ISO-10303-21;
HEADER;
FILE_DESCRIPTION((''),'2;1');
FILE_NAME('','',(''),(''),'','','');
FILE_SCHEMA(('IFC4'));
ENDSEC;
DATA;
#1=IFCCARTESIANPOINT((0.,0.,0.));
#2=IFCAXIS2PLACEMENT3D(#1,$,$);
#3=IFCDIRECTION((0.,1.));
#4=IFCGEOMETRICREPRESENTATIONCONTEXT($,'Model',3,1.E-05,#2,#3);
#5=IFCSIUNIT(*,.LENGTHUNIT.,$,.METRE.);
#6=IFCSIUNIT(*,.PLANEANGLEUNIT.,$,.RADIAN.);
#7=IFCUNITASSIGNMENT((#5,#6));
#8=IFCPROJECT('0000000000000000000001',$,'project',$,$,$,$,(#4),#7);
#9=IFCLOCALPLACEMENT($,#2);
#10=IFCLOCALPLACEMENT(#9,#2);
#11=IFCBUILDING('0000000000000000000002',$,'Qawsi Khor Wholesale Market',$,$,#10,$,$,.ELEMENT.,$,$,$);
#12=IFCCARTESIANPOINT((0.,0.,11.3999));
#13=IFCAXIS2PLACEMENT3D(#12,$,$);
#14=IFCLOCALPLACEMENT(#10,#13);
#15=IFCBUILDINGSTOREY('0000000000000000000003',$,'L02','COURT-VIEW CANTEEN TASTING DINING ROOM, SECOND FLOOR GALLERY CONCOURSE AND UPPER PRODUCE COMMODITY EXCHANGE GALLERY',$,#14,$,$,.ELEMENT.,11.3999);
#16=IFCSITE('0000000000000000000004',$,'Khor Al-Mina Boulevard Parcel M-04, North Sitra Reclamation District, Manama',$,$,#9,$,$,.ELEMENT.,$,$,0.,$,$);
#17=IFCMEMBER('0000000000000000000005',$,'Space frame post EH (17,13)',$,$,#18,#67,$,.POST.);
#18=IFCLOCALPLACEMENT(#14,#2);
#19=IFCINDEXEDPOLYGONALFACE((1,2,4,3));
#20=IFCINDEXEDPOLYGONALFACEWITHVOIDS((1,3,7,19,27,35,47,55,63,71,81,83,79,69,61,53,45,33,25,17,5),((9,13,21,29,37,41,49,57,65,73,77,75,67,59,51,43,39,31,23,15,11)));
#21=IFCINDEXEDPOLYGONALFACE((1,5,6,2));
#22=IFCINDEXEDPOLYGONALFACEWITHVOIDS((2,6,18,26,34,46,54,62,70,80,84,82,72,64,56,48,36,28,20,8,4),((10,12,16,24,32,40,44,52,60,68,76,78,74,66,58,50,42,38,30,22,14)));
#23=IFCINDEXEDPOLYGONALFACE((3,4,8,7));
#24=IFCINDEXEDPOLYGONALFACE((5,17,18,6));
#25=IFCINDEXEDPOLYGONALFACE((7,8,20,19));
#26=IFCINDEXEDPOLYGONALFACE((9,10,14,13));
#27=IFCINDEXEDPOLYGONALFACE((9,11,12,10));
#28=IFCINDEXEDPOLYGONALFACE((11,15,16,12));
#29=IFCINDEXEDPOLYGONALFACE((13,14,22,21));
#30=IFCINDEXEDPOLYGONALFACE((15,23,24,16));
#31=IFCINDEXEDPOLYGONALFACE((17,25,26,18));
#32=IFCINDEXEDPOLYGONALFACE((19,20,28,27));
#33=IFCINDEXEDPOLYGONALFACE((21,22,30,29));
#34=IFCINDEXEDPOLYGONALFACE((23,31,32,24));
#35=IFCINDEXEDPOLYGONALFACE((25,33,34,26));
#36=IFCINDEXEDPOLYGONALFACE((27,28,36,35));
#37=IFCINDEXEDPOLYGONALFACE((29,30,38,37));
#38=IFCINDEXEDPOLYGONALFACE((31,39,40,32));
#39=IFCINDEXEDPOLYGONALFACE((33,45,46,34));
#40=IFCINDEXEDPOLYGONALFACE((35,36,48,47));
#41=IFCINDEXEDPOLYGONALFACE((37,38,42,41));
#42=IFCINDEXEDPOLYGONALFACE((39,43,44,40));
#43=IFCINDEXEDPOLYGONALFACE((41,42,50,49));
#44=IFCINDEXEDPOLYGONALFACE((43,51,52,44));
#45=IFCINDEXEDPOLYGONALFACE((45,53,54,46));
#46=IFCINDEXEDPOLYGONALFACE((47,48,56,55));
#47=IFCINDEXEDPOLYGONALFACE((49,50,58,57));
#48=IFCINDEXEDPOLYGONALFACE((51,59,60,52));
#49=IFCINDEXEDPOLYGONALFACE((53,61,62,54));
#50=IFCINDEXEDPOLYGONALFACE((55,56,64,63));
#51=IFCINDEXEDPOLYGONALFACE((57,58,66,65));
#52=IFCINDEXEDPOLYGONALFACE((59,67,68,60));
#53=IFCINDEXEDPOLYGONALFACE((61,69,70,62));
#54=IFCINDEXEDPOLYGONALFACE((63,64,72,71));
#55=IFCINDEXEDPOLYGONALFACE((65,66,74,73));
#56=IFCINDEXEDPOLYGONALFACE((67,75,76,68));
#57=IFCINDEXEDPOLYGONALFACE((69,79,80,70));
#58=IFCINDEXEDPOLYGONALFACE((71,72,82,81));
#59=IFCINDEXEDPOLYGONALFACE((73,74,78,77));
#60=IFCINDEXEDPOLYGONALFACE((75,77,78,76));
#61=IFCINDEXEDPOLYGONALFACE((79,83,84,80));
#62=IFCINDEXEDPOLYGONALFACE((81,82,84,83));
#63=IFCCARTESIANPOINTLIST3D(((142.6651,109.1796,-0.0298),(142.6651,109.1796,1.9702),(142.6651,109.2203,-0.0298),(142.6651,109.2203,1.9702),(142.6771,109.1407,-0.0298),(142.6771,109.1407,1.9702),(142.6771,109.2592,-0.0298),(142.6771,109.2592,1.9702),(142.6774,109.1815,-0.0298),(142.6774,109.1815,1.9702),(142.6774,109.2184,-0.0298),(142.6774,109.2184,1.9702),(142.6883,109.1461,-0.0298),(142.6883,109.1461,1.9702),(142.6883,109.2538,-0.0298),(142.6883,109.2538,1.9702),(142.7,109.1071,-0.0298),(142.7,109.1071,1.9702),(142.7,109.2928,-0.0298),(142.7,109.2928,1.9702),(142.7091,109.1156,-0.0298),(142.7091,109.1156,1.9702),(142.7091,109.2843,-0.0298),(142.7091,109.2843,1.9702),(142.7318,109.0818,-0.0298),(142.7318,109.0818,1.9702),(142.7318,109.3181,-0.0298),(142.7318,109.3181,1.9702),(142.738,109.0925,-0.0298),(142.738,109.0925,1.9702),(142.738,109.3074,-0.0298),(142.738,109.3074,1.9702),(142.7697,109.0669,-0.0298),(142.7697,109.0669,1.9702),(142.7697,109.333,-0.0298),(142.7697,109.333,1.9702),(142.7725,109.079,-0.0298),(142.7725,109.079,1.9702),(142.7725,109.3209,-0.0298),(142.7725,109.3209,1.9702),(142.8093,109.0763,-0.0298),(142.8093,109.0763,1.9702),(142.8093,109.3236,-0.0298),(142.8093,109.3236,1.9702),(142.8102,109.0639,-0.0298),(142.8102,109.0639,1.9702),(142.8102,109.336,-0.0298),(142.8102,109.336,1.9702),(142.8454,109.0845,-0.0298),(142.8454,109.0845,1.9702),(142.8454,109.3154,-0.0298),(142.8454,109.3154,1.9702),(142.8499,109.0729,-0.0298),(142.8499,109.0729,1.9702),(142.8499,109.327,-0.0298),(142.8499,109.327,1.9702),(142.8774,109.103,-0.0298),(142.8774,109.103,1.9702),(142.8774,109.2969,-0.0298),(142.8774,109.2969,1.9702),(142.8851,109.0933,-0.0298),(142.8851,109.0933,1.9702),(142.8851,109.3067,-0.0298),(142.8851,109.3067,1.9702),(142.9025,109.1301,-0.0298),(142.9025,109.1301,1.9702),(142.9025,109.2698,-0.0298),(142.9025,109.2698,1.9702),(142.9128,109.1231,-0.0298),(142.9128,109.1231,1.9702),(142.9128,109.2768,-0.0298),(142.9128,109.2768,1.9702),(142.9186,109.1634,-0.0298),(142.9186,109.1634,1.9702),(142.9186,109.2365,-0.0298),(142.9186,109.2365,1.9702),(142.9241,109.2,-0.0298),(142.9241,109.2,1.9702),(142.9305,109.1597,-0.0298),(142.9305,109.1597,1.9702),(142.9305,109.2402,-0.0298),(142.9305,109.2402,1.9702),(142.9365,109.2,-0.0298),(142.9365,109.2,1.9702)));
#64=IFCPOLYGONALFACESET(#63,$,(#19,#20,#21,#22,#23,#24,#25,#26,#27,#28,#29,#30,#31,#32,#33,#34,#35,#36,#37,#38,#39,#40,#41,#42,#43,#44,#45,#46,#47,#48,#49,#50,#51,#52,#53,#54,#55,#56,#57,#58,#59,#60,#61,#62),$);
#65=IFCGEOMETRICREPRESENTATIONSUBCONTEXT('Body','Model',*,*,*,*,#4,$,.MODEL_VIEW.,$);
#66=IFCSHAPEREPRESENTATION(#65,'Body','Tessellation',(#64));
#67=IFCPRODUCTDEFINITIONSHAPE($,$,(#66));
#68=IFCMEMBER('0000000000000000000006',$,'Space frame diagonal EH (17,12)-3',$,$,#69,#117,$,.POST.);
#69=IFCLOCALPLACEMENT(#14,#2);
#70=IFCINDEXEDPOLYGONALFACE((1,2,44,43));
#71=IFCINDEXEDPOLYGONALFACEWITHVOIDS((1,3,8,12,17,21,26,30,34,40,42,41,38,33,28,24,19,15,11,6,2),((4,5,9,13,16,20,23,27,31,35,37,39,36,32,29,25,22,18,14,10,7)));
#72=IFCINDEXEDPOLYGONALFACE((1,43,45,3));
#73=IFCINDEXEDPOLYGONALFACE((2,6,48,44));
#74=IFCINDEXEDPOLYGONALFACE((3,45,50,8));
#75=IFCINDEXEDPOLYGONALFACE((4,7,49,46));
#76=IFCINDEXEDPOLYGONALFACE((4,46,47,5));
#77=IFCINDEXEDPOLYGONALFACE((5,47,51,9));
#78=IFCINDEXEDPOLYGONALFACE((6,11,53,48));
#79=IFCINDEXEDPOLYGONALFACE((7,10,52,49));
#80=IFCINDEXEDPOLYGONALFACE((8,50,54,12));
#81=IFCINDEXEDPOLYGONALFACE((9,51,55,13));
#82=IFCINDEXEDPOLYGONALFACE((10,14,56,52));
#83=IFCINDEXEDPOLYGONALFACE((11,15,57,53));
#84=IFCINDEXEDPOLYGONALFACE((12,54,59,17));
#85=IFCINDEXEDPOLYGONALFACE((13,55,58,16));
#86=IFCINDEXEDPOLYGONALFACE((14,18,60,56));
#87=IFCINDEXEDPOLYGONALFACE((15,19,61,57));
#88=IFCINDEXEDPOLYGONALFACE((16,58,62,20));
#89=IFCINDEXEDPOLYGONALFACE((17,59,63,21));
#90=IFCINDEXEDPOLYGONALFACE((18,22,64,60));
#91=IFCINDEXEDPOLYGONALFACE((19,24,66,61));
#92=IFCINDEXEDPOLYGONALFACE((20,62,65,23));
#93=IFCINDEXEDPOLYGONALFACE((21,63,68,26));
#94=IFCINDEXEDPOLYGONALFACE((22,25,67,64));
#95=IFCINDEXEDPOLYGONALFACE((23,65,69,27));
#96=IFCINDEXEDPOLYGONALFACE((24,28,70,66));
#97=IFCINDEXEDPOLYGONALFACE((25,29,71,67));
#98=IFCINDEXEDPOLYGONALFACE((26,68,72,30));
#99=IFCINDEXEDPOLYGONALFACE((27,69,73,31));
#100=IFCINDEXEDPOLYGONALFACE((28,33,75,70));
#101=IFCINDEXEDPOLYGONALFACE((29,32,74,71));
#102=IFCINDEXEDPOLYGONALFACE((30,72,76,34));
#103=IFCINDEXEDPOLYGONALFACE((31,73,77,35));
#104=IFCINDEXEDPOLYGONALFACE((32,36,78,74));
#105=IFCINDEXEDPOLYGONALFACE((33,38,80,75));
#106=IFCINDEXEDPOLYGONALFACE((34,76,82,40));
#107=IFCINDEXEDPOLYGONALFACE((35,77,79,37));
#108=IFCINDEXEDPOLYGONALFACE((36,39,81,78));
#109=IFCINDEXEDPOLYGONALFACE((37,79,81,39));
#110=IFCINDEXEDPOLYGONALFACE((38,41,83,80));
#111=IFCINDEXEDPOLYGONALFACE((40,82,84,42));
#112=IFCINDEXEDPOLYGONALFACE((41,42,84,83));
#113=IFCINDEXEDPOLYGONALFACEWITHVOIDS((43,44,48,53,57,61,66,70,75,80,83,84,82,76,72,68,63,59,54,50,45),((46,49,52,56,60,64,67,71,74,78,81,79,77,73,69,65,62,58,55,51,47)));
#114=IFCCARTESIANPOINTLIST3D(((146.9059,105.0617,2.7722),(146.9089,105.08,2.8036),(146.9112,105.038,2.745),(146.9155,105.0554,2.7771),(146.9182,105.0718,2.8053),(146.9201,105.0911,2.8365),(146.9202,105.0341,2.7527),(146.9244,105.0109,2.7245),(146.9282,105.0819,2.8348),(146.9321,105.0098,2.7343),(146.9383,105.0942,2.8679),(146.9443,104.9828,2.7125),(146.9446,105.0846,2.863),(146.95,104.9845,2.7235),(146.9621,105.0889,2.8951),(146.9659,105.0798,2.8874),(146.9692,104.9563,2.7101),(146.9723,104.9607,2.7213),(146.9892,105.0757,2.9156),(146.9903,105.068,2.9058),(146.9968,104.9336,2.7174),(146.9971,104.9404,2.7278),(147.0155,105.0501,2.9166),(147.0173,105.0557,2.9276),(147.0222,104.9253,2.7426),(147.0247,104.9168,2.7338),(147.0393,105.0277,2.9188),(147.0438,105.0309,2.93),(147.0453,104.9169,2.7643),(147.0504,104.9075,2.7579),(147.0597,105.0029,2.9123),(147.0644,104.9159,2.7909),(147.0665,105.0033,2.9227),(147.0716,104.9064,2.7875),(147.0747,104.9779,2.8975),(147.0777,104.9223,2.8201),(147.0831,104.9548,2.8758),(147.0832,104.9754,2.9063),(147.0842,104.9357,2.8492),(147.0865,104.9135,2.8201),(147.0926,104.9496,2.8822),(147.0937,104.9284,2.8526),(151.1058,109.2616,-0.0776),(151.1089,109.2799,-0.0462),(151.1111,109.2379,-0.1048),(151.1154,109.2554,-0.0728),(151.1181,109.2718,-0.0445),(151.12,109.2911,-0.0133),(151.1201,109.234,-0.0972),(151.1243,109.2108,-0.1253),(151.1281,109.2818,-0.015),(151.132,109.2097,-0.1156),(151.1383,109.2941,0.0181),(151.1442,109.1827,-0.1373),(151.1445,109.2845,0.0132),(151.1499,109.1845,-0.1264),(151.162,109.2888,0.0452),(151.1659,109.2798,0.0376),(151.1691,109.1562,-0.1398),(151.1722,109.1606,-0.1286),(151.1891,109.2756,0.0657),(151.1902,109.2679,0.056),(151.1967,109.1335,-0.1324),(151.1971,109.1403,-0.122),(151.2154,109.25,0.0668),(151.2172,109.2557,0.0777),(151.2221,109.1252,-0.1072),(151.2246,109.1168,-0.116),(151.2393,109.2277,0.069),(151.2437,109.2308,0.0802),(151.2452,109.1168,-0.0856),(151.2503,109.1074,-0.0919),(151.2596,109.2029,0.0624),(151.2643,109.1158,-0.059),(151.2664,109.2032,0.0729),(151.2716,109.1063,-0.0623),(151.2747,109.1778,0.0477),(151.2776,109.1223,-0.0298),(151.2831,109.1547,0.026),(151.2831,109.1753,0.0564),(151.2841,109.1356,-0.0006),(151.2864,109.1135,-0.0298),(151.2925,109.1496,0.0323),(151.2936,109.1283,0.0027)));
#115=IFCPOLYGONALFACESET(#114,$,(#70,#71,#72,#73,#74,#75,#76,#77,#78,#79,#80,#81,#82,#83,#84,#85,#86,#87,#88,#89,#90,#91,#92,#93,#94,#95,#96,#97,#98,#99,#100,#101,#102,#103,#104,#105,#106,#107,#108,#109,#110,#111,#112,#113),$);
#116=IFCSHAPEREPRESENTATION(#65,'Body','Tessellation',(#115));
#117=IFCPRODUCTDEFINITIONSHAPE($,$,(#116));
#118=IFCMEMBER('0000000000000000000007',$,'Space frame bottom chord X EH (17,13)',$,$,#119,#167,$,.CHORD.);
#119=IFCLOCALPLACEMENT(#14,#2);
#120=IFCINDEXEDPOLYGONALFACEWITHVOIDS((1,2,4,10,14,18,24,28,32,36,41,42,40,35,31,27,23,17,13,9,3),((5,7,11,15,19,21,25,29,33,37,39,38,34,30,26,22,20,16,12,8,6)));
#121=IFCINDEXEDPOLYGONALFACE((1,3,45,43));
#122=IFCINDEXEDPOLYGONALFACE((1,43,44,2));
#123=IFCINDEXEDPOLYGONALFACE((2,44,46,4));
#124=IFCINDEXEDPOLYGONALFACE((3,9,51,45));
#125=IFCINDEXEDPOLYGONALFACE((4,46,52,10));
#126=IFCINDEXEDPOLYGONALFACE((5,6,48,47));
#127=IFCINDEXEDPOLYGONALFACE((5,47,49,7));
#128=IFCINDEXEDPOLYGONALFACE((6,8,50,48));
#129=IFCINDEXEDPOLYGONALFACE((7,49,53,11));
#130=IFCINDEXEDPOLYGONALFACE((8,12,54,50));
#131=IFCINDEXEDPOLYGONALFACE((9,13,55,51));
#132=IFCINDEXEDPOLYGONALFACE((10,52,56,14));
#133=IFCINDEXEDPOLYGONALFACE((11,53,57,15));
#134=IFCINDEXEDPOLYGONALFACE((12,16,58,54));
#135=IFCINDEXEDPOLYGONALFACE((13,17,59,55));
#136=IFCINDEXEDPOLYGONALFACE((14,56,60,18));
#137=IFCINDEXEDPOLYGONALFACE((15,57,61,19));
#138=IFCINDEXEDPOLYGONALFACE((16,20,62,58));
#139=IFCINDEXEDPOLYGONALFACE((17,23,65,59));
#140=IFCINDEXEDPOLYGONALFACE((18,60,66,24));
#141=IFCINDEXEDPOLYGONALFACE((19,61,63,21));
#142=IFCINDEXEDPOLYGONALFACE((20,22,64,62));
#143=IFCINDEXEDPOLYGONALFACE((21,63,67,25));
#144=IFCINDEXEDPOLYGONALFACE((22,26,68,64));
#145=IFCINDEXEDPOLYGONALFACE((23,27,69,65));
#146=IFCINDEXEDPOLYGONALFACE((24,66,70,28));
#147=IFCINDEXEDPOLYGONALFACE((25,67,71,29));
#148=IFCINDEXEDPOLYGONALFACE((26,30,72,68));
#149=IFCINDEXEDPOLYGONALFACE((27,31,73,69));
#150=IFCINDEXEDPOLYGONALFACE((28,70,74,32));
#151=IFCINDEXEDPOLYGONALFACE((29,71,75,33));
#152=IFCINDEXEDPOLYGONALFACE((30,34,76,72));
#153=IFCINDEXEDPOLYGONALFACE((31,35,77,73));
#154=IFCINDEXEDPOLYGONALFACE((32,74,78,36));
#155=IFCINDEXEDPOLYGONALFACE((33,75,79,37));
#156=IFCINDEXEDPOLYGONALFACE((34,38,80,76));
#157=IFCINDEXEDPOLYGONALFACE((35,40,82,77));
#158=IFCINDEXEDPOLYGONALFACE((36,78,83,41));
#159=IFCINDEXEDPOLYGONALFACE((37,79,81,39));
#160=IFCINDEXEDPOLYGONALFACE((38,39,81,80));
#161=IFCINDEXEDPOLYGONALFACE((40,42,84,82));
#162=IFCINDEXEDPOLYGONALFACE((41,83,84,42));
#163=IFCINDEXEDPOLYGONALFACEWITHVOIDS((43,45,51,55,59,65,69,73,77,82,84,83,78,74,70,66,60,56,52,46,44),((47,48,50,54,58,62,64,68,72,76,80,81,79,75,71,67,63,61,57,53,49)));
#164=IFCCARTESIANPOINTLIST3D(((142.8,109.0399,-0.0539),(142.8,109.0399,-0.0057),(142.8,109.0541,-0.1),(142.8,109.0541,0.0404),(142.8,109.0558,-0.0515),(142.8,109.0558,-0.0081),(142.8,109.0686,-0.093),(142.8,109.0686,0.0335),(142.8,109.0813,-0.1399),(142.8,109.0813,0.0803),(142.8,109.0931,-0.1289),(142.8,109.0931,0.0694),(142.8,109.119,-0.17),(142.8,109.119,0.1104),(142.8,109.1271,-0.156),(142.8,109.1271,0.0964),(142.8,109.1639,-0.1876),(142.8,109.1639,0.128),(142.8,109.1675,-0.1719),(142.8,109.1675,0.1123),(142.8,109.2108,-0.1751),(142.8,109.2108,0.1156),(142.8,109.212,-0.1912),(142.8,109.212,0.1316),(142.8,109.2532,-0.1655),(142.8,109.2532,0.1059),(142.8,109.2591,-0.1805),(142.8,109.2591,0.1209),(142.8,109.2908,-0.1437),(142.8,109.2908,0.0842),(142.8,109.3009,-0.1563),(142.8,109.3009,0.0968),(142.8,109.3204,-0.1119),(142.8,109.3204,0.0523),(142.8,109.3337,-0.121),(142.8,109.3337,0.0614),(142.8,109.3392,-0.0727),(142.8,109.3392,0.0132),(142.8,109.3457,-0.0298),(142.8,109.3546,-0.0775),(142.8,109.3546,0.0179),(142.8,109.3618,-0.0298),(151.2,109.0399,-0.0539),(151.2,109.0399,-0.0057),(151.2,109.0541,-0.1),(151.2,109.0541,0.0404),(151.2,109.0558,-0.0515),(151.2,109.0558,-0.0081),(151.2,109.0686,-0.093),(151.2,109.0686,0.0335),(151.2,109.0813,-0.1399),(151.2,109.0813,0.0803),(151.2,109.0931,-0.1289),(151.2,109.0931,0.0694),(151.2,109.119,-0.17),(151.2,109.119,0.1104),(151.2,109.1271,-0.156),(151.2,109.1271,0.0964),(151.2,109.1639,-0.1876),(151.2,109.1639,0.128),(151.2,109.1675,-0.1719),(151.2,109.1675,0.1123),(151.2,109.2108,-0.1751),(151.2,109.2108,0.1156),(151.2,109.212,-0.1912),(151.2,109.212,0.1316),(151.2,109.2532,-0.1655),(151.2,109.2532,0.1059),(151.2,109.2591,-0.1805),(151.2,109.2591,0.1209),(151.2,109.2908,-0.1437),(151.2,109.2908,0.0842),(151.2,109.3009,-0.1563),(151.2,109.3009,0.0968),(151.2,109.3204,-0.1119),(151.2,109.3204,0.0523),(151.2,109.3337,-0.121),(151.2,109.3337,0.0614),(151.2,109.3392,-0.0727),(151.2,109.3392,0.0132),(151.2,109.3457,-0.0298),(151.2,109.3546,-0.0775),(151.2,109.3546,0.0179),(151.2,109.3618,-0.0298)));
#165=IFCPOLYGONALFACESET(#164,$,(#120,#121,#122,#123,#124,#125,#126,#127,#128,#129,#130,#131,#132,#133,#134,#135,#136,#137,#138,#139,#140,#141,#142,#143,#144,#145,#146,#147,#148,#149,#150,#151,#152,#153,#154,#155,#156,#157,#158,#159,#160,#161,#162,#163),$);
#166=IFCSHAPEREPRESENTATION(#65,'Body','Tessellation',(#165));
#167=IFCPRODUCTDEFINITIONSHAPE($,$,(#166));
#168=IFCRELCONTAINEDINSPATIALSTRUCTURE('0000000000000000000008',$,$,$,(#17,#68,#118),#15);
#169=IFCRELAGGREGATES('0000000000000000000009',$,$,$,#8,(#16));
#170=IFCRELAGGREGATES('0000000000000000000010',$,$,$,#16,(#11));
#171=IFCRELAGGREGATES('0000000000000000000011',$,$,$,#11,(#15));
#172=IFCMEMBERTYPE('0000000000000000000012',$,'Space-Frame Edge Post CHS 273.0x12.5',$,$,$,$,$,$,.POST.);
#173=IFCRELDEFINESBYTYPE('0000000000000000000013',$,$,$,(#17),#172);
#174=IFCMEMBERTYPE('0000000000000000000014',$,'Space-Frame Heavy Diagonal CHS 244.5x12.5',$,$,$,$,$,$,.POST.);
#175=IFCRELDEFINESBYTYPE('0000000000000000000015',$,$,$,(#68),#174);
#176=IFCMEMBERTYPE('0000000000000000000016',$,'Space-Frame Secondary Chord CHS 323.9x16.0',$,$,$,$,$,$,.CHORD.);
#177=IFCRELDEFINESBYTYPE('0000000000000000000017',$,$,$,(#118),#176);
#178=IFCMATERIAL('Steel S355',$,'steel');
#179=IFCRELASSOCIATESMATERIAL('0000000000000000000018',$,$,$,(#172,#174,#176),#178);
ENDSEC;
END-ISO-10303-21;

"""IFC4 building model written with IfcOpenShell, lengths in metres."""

from ifc_helpers import new_model, si_unit, direction, frame, origin, origin_2d, place, context, subcontext, project, spatial, hollow_circle, extrude, material, material_profile, profile_set, type_object, element, save


model = new_model("IFC4")

# Units and contexts
model_context = context("Model", 3, precision=1e-05, world=origin(), true_north=direction((0.0, 1.0)))
body_context = subcontext(model_context, "Body", "Model", "MODEL_VIEW")
ifc_project = project(units=[si_unit("LENGTHUNIT", "METRE"), si_unit("PLANEANGLEUNIT", "RADIAN")], contexts=[model_context])

# Site, building, storey
site_placement = place(None, origin())
site = spatial("IfcSite", under=ifc_project, at=site_placement, Name="Khor Al-Mina Boulevard Parcel M-04, North Sitra Reclamation District, Manama", CompositionType="ELEMENT", RefElevation=0.0)
building_placement = place(site_placement, origin())
building = spatial("IfcBuilding", under=site, at=building_placement, Name="Qawsi Khor Wholesale Market", CompositionType="ELEMENT")
storey_placement = place(building_placement, frame((0.0, 0.0, 11.3999)))
storey = spatial("IfcBuildingStorey", under=building, at=storey_placement, Name="L02", Description="COURT-VIEW CANTEEN TASTING DINING ROOM, SECOND FLOOR GALLERY CONCOURSE AND UPPER PRODUCE COMMODITY EXCHANGE GALLERY", CompositionType="ELEMENT", Elevation=11.3999)

# Members
ifc_material_1 = material(Name="Steel S355", Category="steel")
ifc_material_profile_1 = material_profile(ifc_material_1, hollow_circle(Radius=0.1365, WallThickness=0.0125, at=origin_2d()), Name="CHS 273.0x12.5")
ifc_profile_set_1 = profile_set([ifc_material_profile_1], Name="Steel S355")
member_type_1 = type_object("IfcMemberType", Name="Space-Frame Edge Post CHS 273.0x12.5", PredefinedType="POST", material=ifc_profile_set_1)
member_1_placement = place(storey_placement, frame((142.8, 109.2, -0.0298), z_axis=(0.0, 0.0, 1.0), x_axis=(1.0, 0.0, 0.0)))
element("IfcMember", 1, at=member_1_placement, inside=storey, type_object=member_type_1, Name="Space frame post EH (17,13)", PredefinedType="POST", context=body_context, shape_type="SweptSolid", body=[
    extrude(hollow_circle(Radius=0.1365, WallThickness=0.0125, at=origin_2d()), origin(), (0.0, 0.0, 1.0), 2.0),
])
ifc_material_profile_2 = material_profile(ifc_material_1, hollow_circle(Radius=0.1223, WallThickness=0.0125, at=origin_2d()), Name="CHS 244.5x12.5")
ifc_profile_set_2 = profile_set([ifc_material_profile_2], Name="Steel S355")
member_type_2 = type_object("IfcMemberType", Name="Space-Frame Heavy Diagonal CHS 244.5x12.5", PredefinedType="POST", material=ifc_profile_set_2)
member_2_placement = place(storey_placement, frame((151.2, 109.2, -0.0298), z_axis=(-0.637522, -0.637522, 0.432587), x_axis=(0.707107, -0.707107, 0.0)))
element("IfcMember", 2, at=member_2_placement, inside=storey, type_object=member_type_2, Name="Space frame diagonal EH (17,12)-3", PredefinedType="POST", context=body_context, shape_type="SweptSolid", body=[
    extrude(hollow_circle(Radius=0.1223, WallThickness=0.0125, at=origin_2d()), origin(), (0.0, 0.0, 1.0), 6.5879),
])
ifc_material_profile_3 = material_profile(ifc_material_1, hollow_circle(Radius=0.1619, WallThickness=0.0161, at=origin_2d()), Name="CHS 323.9x16.0")
ifc_profile_set_3 = profile_set([ifc_material_profile_3], Name="Steel S355")
member_type_3 = type_object("IfcMemberType", Name="Space-Frame Secondary Chord CHS 323.9x16.0", PredefinedType="CHORD", material=ifc_profile_set_3)
member_3_placement = place(storey_placement, frame((142.8, 109.2, -0.0298), z_axis=(1.0, 0.0, 0.0), x_axis=(0.0, 1.0, 0.0)))
element("IfcMember", 3, at=member_3_placement, inside=storey, type_object=member_type_3, Name="Space frame bottom chord X EH (17,13)", PredefinedType="CHORD", context=body_context, shape_type="SweptSolid", body=[
    extrude(hollow_circle(Radius=0.1619, WallThickness=0.0161, at=origin_2d()), origin(), (0.0, 0.0, 1.0), 8.3999),
])

save(model, "model.ifc")
